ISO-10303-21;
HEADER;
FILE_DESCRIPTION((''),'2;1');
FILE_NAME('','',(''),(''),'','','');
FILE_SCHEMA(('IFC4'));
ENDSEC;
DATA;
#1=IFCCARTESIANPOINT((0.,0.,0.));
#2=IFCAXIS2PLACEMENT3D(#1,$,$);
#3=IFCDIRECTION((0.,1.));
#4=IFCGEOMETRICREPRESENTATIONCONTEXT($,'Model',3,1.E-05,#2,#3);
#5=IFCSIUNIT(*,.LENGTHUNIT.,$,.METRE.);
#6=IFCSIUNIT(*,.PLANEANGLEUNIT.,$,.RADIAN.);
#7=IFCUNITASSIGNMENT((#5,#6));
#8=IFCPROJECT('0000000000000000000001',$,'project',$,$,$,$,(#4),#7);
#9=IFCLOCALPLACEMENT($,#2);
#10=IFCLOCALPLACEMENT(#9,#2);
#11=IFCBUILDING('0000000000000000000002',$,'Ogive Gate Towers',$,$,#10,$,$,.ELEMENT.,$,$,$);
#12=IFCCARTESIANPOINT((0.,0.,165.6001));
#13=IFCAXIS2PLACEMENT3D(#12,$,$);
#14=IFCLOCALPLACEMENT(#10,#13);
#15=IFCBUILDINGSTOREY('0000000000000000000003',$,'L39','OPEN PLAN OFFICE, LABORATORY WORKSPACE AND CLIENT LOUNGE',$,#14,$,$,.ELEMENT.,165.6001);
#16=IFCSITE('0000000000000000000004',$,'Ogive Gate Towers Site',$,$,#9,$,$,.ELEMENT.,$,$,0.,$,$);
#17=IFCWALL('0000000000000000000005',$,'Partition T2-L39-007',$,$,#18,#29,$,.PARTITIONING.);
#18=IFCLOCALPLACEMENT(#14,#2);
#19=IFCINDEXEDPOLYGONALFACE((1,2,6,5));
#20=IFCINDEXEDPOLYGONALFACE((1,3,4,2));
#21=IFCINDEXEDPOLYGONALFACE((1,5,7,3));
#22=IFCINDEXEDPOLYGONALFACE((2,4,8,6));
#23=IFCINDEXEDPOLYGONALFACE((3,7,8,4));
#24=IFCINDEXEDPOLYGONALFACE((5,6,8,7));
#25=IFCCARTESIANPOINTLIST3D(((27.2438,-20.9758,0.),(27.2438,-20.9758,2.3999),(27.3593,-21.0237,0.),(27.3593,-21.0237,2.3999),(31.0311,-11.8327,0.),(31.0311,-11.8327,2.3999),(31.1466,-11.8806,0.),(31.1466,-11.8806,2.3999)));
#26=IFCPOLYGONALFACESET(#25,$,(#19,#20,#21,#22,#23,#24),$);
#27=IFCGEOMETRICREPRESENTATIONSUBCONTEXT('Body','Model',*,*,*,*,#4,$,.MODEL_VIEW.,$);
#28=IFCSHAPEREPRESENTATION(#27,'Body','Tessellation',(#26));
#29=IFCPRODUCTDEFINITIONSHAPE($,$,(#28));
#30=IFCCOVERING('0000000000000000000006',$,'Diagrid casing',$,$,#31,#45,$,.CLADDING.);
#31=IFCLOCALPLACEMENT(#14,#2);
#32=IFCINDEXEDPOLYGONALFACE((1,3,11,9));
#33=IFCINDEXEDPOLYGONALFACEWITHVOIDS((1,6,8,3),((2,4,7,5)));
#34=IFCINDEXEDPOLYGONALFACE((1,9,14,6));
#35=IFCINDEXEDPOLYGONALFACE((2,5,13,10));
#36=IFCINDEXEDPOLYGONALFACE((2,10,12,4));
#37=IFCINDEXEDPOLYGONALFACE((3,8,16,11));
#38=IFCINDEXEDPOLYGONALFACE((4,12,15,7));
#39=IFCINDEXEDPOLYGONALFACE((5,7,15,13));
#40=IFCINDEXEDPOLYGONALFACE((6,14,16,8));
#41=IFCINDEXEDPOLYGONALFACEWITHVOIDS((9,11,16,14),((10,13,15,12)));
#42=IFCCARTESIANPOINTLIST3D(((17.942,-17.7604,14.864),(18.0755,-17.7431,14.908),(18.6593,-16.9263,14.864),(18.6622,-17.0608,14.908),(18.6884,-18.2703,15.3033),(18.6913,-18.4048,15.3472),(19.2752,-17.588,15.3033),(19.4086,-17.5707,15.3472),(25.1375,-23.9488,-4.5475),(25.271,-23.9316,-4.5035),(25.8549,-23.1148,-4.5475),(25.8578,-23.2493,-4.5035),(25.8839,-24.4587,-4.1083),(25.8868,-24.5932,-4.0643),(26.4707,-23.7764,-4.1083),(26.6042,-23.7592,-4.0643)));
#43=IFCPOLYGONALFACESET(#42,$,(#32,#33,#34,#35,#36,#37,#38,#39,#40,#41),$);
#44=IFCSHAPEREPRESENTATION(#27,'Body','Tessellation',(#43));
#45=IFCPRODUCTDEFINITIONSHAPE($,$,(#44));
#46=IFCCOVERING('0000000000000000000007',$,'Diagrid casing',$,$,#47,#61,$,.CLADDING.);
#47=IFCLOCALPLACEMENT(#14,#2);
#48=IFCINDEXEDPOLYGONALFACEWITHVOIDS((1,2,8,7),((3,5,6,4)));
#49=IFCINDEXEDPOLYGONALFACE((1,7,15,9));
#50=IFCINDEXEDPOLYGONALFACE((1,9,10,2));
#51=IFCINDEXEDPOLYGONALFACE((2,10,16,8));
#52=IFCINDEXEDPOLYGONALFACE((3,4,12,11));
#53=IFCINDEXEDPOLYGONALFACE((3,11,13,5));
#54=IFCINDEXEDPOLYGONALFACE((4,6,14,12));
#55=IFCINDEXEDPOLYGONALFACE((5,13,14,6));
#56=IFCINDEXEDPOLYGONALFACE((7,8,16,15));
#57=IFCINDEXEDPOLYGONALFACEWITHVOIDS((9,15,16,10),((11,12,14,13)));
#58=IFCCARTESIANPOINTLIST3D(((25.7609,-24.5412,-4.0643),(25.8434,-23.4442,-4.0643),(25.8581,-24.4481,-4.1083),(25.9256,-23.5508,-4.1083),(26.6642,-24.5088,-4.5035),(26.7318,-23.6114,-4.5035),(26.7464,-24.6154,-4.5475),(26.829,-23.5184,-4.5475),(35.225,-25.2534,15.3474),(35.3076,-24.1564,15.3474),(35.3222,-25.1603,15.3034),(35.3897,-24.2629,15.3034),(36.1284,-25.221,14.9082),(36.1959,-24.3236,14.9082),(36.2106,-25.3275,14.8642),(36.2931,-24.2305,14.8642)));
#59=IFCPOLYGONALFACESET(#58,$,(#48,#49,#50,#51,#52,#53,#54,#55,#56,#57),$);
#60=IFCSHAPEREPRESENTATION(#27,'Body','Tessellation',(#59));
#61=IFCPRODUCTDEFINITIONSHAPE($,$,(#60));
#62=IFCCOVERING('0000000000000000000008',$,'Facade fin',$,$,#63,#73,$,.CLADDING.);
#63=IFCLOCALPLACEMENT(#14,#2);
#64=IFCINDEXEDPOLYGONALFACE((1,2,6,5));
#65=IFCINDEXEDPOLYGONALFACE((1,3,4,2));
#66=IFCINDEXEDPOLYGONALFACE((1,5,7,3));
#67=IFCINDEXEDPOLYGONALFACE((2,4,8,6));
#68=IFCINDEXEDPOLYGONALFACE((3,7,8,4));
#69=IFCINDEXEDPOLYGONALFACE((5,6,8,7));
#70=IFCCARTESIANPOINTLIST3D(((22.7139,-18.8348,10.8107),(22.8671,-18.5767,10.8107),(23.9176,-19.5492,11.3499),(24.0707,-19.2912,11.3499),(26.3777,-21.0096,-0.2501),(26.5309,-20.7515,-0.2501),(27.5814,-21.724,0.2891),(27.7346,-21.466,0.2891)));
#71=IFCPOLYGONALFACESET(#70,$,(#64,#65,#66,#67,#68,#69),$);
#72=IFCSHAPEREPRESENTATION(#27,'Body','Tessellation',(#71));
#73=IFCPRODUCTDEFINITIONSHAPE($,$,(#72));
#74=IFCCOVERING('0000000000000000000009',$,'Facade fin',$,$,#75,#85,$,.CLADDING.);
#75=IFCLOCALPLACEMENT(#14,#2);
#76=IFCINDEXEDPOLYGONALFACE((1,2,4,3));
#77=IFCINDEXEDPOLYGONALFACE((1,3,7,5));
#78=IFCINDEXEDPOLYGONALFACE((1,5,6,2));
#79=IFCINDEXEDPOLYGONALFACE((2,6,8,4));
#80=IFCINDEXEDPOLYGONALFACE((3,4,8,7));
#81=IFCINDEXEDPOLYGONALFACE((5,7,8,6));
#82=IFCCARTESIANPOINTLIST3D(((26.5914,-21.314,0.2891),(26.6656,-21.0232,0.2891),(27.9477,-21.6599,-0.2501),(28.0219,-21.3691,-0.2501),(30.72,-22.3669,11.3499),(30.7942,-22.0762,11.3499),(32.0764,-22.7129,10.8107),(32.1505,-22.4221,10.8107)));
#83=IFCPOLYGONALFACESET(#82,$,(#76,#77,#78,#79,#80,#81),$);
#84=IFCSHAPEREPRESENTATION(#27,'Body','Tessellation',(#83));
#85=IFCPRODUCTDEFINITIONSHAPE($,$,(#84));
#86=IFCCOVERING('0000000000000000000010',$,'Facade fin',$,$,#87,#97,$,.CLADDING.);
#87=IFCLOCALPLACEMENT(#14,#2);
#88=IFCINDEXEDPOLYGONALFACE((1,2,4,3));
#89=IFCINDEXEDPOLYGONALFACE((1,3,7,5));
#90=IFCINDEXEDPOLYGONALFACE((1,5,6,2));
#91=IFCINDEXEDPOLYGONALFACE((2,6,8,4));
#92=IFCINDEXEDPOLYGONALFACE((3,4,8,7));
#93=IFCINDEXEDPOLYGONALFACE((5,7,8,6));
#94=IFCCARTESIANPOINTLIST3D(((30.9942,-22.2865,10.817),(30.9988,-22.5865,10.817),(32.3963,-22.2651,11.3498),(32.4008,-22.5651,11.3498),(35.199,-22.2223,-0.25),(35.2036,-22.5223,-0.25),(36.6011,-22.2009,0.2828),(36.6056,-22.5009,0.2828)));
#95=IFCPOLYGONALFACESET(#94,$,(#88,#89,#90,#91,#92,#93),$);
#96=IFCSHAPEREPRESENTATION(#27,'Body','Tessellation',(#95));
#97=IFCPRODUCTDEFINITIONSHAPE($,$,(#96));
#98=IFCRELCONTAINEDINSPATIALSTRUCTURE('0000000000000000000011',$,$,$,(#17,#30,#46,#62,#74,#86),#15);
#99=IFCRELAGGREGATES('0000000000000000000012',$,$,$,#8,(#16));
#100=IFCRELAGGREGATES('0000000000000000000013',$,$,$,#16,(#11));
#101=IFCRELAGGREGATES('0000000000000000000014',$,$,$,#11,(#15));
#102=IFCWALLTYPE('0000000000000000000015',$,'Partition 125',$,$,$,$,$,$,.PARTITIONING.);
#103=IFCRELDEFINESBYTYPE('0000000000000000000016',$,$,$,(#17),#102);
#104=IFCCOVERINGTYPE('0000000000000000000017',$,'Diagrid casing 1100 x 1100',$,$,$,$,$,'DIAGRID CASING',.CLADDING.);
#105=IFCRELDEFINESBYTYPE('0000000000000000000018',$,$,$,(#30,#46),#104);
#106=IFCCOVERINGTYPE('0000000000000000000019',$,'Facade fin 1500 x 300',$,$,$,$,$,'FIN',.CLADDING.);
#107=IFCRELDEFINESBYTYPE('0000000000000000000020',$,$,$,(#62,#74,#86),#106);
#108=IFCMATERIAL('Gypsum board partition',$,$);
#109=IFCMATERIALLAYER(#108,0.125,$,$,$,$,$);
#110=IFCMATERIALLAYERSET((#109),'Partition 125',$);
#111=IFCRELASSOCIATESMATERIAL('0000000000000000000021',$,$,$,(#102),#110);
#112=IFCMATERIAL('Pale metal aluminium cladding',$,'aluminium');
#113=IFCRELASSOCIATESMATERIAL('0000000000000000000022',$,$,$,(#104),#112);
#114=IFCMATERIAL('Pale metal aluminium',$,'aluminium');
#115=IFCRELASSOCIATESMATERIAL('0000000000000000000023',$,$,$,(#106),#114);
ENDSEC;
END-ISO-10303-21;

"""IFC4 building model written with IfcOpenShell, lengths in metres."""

from ifc_helpers import new_model, si_unit, direction, frame, frame_2d, origin, origin_2d, place, context, subcontext, project, spatial, rectangle, hollow_rectangle, extrude, material, layer, layer_set, material_profile, profile_set, type_object, element, save


model = new_model("IFC4")

# Units and contexts
model_context = context("Model", 3, precision=1e-05, world=origin(), true_north=direction((0.0, 1.0)))
body_context = subcontext(model_context, "Body", "Model", "MODEL_VIEW")
ifc_project = project(units=[si_unit("LENGTHUNIT", "METRE"), si_unit("PLANEANGLEUNIT", "RADIAN")], contexts=[model_context])

# Site, building, storey
site_placement = place(None, origin())
site = spatial("IfcSite", under=ifc_project, at=site_placement, Name="Ogive Gate Towers Site", CompositionType="ELEMENT", RefElevation=0.0)
building_placement = place(site_placement, origin())
building = spatial("IfcBuilding", under=site, at=building_placement, Name="Ogive Gate Towers", CompositionType="ELEMENT")
storey_placement = place(building_placement, frame((0.0, 0.0, 165.6001)))
storey = spatial("IfcBuildingStorey", under=building, at=storey_placement, Name="L39", Description="OPEN PLAN OFFICE, LABORATORY WORKSPACE AND CLIENT LOUNGE", CompositionType="ELEMENT", Elevation=165.6001)

# Shared definitions
ifc_material_1 = material(Name="Pale metal aluminium", Category="aluminium")

# Wall
ifc_material_2 = material(Name="Gypsum board partition")
ifc_layer_1 = layer(ifc_material_2, 0.125)
ifc_layer_set_1 = layer_set([ifc_layer_1], Name="Partition 125")
wall_type = type_object("IfcWallType", Name="Partition 125", PredefinedType="PARTITIONING", material=ifc_layer_set_1)
wall_placement = place(storey_placement, frame((27.3015, -20.9998, 0.0), z_axis=(0.0, 0.0, 1.0), x_axis=(0.382698, 0.923873, 0.0)))
element("IfcWall", 1, at=wall_placement, inside=storey, type_object=wall_type, Name="Partition T2-L39-007", PredefinedType="PARTITIONING", context=body_context, shape_type="SweptSolid", body=[
    extrude(rectangle(XDim=9.8965, YDim=0.125, at=frame_2d((4.9482, 0.0))), origin(), (0.0, 0.0, 1.0), 2.3999),
])

# Coverings
ifc_material_3 = material(Name="Pale metal aluminium cladding", Category="aluminium")
ifc_material_profile_1 = material_profile(ifc_material_3, hollow_rectangle(XDim=1.1001, YDim=1.1001, WallThickness=0.1001, at=origin_2d()), Name="1100 x 1100 pale metal casing")
ifc_profile_set_1 = profile_set([ifc_material_profile_1], Name="Pale metal aluminium cladding")
covering_type_1 = type_object("IfcCoveringType", Name="Diagrid casing 1100 x 1100", ElementType="DIAGRID CASING", PredefinedType="CLADDING", material=ifc_profile_set_1)
covering_1_placement = place(storey_placement, frame((25.8708, -23.854, -4.3059), z_axis=(-0.333012, 0.286404, 0.898374), x_axis=(-0.652057, -0.75817, 0.0)))
element("IfcCovering", 2, at=covering_1_placement, inside=storey, type_object=covering_type_1, Name="Diagrid casing", PredefinedType="CLADDING", context=body_context, shape_type="SweptSolid", body=[
    extrude(hollow_rectangle(XDim=1.1001, YDim=1.1001, WallThickness=0.1001, at=origin_2d()), origin(), (0.0, 0.0, 1.0), 21.6074),
])
covering_2_placement = place(storey_placement, frame((26.2949, -24.0298, -4.3059), z_axis=(0.438, -0.032959, 0.898371), x_axis=(0.075036, 0.997181, 0.0)))
element("IfcCovering", 3, at=covering_2_placement, inside=storey, type_object=covering_type_1, Name="Diagrid casing", PredefinedType="CLADDING", context=body_context, shape_type="SweptSolid", body=[
    extrude(hollow_rectangle(XDim=1.1001, YDim=1.1001, WallThickness=0.1001, at=origin_2d()), origin(), (0.0, 0.0, 1.0), 21.6077),
])
ifc_material_profile_2 = material_profile(ifc_material_1, rectangle(XDim=0.3, YDim=1.5, at=origin_2d()), Name="1500 x 300 pale metal aluminium")
ifc_profile_set_2 = profile_set([ifc_material_profile_2], Name="Pale metal aluminium")
covering_type_2 = type_object("IfcCoveringType", Name="Facade fin 1500 x 300", ElementType="FIN", PredefinedType="CLADDING", material=ifc_profile_set_2)
for number, where, z_axis, x_axis, name in (
    (4, (27.0562, -21.2378, 0.0195), (-0.309104, 0.183481, 0.933161), (-0.510437, -0.859915, 0.0), "Facade fin"),
    (5, (27.3066, -21.3416, 0.0195), (0.34832, -0.088836, 0.933157), (0.24713, 0.968982, 0.0), "Facade fin"),
):
    element("IfcCovering", number, at=place(storey_placement, frame(where, z_axis=z_axis, x_axis=x_axis)), inside=storey, type_object=covering_type_2, Name=name, PredefinedType="CLADDING", context=body_context, shape_type="SweptSolid", body=[
        extrude(rectangle(XDim=0.3, YDim=1.5, at=origin_2d()), origin(), (0.0, 0.0, 1.0), 11.853),
    ])
covering_3_placement = place(storey_placement, frame((35.9023, -22.3616, 0.0164), z_axis=(-0.355162, -0.005423, 0.934789), x_axis=(0.015268, -0.999883, 0.0)))
element("IfcCovering", 6, at=covering_3_placement, inside=storey, type_object=covering_type_2, Name="Facade fin", PredefinedType="CLADDING", context=body_context, shape_type="SweptSolid", body=[
    extrude(rectangle(XDim=0.3, YDim=1.5, at=origin_2d()), origin(), (0.0, 0.0, 1.0), 11.8391),
])

save(model, "model.ifc")
